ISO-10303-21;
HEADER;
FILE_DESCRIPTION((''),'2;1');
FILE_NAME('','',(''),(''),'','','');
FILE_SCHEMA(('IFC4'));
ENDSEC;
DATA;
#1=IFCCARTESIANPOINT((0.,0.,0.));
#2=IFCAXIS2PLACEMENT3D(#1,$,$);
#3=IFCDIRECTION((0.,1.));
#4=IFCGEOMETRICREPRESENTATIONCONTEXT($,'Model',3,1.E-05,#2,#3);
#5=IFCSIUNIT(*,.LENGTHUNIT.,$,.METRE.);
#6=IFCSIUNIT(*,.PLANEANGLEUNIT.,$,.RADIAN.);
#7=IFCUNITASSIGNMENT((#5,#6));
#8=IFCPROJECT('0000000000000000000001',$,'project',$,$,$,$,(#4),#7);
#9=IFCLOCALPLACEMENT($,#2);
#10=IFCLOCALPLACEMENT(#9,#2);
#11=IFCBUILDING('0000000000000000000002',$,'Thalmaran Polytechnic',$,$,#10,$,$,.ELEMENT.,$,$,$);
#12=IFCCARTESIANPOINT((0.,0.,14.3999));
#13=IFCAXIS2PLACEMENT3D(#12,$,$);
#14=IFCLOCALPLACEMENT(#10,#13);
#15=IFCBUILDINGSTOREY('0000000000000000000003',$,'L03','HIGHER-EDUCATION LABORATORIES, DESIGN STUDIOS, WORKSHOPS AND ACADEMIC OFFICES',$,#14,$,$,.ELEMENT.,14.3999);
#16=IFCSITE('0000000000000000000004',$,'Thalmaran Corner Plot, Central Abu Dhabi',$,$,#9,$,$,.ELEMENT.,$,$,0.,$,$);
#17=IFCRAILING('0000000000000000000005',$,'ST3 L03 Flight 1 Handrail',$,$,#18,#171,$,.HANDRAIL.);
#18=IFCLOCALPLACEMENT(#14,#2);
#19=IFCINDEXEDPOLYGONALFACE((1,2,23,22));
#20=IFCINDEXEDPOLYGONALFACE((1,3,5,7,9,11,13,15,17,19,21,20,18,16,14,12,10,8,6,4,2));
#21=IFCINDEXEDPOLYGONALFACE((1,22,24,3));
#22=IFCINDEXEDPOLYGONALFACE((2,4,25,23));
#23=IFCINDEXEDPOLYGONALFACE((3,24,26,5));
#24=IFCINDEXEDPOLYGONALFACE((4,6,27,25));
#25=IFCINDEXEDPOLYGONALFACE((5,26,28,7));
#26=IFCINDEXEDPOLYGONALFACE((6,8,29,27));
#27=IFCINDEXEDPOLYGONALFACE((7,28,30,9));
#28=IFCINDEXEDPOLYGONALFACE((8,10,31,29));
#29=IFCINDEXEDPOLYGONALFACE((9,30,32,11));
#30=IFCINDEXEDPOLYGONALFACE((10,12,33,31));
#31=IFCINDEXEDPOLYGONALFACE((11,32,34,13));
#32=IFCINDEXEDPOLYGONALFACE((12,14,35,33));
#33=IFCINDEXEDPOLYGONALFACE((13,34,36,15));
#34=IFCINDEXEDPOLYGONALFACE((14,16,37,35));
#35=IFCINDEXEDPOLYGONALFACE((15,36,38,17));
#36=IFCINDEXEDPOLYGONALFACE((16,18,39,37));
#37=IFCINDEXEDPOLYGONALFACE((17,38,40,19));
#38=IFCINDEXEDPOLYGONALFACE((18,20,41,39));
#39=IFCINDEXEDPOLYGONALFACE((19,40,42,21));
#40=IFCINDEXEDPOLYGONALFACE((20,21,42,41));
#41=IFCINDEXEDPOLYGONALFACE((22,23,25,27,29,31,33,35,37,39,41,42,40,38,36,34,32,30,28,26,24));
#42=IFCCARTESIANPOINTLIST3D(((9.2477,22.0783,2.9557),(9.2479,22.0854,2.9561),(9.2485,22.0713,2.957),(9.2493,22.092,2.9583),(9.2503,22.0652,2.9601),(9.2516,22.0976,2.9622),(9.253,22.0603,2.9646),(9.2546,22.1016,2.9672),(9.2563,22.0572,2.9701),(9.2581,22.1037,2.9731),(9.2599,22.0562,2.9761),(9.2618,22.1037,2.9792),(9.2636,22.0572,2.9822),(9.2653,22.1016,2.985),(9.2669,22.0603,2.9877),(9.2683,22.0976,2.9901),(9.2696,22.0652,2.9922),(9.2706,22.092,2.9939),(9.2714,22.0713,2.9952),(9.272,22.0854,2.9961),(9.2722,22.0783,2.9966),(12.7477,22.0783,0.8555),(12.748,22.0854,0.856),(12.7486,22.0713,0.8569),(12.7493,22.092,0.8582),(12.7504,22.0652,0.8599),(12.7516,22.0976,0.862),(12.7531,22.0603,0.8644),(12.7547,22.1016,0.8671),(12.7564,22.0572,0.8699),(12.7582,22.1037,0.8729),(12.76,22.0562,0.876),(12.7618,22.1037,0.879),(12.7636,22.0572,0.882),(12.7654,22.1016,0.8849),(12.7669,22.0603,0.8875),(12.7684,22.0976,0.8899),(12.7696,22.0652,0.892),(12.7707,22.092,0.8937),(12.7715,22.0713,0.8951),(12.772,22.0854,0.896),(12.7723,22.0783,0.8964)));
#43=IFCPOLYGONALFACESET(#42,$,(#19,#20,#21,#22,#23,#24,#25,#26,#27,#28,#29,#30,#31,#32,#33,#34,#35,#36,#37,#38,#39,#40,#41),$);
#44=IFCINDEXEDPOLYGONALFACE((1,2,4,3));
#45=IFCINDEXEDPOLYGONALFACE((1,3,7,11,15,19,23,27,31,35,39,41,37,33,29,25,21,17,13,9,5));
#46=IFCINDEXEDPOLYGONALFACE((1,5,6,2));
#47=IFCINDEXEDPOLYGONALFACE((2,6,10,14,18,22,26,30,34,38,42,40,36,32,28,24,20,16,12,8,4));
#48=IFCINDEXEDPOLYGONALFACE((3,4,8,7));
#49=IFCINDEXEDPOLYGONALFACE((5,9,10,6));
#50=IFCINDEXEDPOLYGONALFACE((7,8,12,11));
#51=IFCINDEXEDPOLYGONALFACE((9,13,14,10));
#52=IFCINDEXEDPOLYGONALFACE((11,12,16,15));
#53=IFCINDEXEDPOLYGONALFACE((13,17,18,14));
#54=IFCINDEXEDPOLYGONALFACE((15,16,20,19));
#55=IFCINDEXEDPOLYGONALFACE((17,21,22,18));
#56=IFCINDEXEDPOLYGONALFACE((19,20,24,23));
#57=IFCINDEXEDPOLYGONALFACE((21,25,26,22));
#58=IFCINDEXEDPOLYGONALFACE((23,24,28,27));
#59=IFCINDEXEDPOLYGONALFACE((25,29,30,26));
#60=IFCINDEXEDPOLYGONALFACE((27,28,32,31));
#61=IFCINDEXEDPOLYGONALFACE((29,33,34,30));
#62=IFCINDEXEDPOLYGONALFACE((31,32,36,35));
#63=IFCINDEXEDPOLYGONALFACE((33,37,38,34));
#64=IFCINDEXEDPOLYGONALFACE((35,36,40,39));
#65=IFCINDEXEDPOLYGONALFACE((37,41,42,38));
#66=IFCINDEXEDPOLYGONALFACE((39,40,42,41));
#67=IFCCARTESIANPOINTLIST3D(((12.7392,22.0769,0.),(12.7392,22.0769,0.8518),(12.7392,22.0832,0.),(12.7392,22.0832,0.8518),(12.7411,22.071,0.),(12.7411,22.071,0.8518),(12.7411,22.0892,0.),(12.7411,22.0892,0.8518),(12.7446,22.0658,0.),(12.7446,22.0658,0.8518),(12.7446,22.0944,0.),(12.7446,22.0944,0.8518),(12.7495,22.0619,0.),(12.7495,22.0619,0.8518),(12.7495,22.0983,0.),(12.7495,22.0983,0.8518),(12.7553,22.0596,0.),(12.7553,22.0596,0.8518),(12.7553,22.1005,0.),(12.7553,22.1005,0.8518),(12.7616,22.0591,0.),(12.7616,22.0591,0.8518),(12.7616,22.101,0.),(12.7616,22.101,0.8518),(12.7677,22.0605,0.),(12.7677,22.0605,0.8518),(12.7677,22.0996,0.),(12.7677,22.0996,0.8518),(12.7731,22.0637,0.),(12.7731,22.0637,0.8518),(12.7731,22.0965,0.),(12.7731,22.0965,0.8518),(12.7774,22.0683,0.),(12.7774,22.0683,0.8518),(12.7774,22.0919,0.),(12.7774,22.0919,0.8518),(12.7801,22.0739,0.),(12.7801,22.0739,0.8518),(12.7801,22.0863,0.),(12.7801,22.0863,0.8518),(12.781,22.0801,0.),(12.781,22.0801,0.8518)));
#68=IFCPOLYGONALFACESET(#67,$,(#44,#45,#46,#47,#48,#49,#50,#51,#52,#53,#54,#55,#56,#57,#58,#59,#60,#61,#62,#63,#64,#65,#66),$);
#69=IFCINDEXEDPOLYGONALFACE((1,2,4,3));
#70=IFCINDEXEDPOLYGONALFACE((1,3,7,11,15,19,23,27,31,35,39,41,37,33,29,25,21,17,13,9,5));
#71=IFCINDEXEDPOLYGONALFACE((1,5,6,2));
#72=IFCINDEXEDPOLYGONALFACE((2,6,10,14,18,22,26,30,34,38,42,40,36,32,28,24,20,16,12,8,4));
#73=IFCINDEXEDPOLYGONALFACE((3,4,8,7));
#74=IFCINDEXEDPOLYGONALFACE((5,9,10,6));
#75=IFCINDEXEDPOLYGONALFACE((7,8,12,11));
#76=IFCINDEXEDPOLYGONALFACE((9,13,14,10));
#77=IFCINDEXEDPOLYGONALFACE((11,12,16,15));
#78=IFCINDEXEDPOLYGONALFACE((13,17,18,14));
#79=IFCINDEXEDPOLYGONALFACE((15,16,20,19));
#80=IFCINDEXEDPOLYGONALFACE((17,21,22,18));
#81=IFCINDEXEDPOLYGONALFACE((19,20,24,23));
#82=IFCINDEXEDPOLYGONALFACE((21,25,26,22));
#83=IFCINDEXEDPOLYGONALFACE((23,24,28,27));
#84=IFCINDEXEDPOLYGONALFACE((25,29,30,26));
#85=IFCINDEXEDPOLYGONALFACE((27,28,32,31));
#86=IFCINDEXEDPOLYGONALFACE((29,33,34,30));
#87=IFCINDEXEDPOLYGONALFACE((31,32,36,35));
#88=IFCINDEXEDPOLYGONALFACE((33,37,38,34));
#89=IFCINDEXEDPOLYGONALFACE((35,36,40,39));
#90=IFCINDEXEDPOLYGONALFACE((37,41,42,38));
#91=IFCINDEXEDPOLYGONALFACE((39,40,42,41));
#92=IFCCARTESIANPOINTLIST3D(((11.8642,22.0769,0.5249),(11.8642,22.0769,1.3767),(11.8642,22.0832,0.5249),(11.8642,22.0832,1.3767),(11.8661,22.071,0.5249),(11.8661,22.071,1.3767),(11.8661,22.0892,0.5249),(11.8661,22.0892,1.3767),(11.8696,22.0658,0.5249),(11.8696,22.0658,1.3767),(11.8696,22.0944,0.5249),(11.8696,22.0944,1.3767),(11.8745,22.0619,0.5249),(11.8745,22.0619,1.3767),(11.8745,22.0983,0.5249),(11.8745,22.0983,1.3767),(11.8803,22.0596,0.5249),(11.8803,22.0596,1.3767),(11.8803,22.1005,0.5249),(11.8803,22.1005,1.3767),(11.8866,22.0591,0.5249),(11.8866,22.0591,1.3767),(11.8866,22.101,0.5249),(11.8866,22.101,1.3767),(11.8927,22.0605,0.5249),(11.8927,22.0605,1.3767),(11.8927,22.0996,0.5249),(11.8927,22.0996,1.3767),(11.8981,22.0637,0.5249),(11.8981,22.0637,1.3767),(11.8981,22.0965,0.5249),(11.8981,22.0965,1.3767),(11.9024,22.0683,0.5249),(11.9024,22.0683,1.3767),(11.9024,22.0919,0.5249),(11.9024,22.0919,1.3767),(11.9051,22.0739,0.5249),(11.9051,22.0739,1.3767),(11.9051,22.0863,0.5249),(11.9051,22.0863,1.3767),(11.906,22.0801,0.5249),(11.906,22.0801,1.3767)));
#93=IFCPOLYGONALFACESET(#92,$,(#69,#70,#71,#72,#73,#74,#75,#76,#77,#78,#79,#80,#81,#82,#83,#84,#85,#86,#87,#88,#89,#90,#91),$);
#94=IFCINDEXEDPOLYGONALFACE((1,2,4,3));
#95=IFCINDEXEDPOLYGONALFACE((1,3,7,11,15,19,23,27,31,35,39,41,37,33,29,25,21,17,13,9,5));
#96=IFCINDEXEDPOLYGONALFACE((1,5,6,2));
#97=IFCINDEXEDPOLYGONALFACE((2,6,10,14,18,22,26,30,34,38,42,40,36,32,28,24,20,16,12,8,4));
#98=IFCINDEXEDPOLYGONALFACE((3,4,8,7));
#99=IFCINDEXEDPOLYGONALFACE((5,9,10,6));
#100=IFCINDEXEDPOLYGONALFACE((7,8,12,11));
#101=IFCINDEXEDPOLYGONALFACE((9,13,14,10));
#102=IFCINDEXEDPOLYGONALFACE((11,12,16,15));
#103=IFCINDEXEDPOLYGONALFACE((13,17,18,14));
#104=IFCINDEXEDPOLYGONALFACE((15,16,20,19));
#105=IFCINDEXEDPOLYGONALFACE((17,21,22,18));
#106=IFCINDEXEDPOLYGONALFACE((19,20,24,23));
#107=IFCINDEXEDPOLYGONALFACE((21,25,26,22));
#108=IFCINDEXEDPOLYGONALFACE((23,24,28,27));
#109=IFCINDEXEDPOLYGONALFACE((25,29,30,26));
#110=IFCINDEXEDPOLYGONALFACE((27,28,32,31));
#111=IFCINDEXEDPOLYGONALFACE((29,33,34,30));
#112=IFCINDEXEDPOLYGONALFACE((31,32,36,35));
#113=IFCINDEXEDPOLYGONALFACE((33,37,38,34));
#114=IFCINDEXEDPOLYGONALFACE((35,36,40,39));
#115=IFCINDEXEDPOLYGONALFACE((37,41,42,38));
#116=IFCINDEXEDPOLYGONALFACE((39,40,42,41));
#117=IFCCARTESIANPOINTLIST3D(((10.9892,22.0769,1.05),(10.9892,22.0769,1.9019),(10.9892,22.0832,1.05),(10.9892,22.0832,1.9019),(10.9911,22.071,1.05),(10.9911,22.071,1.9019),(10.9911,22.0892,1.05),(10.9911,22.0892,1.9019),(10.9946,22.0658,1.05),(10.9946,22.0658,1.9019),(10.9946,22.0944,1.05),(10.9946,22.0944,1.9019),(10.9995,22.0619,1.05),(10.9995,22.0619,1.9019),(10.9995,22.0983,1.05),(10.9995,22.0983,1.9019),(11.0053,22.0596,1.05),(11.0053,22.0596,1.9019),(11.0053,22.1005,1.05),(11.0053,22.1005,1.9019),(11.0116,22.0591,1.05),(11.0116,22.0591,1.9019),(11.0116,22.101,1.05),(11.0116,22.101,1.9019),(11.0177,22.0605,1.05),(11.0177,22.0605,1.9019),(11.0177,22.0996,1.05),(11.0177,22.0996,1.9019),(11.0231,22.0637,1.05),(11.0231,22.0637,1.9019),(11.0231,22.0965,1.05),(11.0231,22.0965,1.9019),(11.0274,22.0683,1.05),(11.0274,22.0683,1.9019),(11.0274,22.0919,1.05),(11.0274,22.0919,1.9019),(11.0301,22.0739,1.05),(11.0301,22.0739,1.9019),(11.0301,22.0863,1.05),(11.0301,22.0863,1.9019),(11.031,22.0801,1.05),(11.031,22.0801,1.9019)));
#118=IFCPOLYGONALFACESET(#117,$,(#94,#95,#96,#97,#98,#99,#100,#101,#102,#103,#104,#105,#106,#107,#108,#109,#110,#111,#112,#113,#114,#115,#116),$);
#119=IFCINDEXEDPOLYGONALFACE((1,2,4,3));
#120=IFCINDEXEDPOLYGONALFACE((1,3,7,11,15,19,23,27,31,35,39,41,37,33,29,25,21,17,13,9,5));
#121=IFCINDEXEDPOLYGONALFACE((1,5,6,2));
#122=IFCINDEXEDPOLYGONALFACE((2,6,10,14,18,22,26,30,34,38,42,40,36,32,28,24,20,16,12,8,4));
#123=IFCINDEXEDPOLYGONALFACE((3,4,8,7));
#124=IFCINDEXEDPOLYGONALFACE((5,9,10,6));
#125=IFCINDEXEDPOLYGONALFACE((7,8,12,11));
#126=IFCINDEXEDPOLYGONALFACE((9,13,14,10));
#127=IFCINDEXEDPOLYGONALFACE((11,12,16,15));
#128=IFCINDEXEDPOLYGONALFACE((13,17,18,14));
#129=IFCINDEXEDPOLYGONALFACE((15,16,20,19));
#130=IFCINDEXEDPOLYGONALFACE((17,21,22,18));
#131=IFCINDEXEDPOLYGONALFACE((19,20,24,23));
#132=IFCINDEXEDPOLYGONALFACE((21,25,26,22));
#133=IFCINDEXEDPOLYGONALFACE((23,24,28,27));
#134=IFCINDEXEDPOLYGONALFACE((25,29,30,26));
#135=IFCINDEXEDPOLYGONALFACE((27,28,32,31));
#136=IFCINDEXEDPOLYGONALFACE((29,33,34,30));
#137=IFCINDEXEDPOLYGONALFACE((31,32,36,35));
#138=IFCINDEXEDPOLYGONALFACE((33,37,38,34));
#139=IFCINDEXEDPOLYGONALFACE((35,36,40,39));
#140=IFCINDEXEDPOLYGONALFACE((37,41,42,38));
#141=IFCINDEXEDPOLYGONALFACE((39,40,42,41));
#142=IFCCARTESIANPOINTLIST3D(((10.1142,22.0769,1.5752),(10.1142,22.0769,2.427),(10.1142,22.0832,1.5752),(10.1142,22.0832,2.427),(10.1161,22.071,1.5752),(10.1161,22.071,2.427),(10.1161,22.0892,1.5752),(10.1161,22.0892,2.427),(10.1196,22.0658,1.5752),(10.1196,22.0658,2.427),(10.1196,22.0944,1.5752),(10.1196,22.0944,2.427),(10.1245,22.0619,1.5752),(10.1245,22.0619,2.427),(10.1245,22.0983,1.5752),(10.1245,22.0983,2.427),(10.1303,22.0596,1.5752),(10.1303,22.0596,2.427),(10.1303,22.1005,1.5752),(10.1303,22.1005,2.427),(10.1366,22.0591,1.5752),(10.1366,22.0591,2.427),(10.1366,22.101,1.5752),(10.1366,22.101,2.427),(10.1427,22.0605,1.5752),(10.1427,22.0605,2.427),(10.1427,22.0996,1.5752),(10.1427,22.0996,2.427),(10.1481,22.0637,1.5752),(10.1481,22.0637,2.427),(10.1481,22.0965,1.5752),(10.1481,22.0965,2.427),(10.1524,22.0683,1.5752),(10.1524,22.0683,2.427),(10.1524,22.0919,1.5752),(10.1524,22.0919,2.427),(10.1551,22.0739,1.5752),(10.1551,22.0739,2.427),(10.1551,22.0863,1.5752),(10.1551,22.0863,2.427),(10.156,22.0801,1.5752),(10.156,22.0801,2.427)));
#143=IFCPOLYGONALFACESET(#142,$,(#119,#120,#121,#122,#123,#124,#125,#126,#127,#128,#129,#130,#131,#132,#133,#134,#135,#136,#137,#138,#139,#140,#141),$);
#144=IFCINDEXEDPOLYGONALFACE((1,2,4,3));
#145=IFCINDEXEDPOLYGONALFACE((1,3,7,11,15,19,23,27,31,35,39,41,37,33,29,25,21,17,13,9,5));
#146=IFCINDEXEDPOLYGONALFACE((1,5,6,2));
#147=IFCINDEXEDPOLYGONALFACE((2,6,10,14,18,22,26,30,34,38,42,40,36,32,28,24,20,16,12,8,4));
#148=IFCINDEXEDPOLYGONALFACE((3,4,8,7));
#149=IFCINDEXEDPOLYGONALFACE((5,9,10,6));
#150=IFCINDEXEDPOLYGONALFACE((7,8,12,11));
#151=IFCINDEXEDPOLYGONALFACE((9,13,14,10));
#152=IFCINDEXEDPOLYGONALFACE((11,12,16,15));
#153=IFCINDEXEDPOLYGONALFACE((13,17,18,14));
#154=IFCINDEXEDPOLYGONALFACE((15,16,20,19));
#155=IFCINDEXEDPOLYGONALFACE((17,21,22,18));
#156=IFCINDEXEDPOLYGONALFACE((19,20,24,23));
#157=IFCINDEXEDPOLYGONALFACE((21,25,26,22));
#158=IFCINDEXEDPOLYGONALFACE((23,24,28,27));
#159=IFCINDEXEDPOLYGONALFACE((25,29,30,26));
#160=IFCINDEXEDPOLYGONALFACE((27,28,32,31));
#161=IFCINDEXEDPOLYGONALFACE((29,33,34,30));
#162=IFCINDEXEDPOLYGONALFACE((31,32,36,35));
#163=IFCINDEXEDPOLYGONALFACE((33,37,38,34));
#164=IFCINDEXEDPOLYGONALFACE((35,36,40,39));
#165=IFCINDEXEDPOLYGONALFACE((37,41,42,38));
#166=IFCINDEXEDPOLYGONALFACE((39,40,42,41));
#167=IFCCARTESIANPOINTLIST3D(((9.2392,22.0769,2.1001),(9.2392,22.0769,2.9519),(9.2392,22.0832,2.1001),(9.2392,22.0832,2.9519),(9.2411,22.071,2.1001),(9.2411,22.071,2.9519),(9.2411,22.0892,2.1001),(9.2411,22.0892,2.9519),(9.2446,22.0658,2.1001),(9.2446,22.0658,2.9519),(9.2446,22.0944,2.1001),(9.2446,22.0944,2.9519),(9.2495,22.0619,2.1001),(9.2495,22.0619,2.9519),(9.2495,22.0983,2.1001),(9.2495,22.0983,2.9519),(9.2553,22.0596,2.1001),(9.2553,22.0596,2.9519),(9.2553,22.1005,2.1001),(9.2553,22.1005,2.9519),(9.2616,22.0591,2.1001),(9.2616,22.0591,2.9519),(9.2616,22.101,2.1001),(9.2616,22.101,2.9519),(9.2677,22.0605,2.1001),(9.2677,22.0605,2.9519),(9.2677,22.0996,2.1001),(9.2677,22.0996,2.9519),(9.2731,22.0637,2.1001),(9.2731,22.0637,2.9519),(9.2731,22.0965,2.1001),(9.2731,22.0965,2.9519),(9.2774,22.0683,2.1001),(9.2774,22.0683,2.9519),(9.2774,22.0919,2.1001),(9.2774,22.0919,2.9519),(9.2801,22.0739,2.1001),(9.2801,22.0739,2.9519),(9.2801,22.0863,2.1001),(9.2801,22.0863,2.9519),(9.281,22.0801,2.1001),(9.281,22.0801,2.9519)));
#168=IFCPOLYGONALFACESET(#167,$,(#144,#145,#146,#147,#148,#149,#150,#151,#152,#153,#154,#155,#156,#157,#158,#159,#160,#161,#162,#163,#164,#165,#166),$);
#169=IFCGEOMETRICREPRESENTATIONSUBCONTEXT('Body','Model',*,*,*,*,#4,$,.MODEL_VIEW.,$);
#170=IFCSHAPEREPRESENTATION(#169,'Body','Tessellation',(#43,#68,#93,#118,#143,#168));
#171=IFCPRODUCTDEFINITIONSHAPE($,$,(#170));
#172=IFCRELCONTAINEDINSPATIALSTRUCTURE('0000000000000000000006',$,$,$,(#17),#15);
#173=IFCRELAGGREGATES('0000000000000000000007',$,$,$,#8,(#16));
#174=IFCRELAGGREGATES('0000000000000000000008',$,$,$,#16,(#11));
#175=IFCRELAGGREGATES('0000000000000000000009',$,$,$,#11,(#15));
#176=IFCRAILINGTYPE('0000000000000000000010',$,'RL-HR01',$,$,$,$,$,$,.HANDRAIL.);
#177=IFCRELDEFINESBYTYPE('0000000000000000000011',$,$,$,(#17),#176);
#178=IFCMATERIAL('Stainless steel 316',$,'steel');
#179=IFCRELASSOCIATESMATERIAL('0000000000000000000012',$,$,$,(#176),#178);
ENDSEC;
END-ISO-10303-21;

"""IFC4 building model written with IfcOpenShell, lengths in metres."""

from ifc_helpers import new_model, si_unit, direction, frame, origin, origin_2d, place, context, subcontext, project, spatial, circle, extrude, material, type_object, element, save


model = new_model("IFC4")

# Units and contexts
model_context = context("Model", 3, precision=1e-05, world=origin(), true_north=direction((0.0, 1.0)))
body_context = subcontext(model_context, "Body", "Model", "MODEL_VIEW")
ifc_project = project(units=[si_unit("LENGTHUNIT", "METRE"), si_unit("PLANEANGLEUNIT", "RADIAN")], contexts=[model_context])

# Site, building, storey
site_placement = place(None, origin())
site = spatial("IfcSite", under=ifc_project, at=site_placement, Name="Thalmaran Corner Plot, Central Abu Dhabi", CompositionType="ELEMENT", RefElevation=0.0)
building_placement = place(site_placement, origin())
building = spatial("IfcBuilding", under=site, at=building_placement, Name="Thalmaran Polytechnic", CompositionType="ELEMENT")
storey_placement = place(building_placement, frame((0.0, 0.0, 14.3999)))
storey = spatial("IfcBuildingStorey", under=building, at=storey_placement, Name="L03", Description="HIGHER-EDUCATION LABORATORIES, DESIGN STUDIOS, WORKSHOPS AND ACADEMIC OFFICES", CompositionType="ELEMENT", Elevation=14.3999)

# Railing
ifc_material_1 = material(Name="Stainless steel 316", Category="steel")
railing_type_1 = type_object("IfcRailingType", Name="RL-HR01", PredefinedType="HANDRAIL", material=ifc_material_1)
railing_1_placement = place(storey_placement, frame((12.76, 22.0801, 0.0)))
element("IfcRailing", 1, at=railing_1_placement, inside=storey, type_object=railing_type_1, Name="ST3 L03 Flight 1 Handrail", PredefinedType="HANDRAIL", context=body_context, shape_type="SweptSolid", body=[
    extrude(circle(Radius=0.0239, at=origin_2d()), frame((0.0, 0.0, 0.876), z_axis=(-0.857482, 0.0, 0.514513), x_axis=(0.0, -1.0, 0.0)), (0.0, 0.0, 1.0), 4.0818),
    extrude(circle(Radius=0.021, at=origin_2d()), origin(), (0.0, 0.0, 1.0), 0.8518),
    extrude(circle(Radius=0.021, at=origin_2d()), frame((-0.875, 0.0, 0.5249)), (0.0, 0.0, 1.0), 0.8518),
    extrude(circle(Radius=0.021, at=origin_2d()), frame((-1.75, 0.0, 1.05)), (0.0, 0.0, 1.0), 0.8518),
    extrude(circle(Radius=0.021, at=origin_2d()), frame((-2.625, 0.0, 1.5752)), (0.0, 0.0, 1.0), 0.8518),
    extrude(circle(Radius=0.021, at=origin_2d()), frame((-3.5, 0.0, 2.1001)), (0.0, 0.0, 1.0), 0.8518),
])

save(model, "model.ifc")
